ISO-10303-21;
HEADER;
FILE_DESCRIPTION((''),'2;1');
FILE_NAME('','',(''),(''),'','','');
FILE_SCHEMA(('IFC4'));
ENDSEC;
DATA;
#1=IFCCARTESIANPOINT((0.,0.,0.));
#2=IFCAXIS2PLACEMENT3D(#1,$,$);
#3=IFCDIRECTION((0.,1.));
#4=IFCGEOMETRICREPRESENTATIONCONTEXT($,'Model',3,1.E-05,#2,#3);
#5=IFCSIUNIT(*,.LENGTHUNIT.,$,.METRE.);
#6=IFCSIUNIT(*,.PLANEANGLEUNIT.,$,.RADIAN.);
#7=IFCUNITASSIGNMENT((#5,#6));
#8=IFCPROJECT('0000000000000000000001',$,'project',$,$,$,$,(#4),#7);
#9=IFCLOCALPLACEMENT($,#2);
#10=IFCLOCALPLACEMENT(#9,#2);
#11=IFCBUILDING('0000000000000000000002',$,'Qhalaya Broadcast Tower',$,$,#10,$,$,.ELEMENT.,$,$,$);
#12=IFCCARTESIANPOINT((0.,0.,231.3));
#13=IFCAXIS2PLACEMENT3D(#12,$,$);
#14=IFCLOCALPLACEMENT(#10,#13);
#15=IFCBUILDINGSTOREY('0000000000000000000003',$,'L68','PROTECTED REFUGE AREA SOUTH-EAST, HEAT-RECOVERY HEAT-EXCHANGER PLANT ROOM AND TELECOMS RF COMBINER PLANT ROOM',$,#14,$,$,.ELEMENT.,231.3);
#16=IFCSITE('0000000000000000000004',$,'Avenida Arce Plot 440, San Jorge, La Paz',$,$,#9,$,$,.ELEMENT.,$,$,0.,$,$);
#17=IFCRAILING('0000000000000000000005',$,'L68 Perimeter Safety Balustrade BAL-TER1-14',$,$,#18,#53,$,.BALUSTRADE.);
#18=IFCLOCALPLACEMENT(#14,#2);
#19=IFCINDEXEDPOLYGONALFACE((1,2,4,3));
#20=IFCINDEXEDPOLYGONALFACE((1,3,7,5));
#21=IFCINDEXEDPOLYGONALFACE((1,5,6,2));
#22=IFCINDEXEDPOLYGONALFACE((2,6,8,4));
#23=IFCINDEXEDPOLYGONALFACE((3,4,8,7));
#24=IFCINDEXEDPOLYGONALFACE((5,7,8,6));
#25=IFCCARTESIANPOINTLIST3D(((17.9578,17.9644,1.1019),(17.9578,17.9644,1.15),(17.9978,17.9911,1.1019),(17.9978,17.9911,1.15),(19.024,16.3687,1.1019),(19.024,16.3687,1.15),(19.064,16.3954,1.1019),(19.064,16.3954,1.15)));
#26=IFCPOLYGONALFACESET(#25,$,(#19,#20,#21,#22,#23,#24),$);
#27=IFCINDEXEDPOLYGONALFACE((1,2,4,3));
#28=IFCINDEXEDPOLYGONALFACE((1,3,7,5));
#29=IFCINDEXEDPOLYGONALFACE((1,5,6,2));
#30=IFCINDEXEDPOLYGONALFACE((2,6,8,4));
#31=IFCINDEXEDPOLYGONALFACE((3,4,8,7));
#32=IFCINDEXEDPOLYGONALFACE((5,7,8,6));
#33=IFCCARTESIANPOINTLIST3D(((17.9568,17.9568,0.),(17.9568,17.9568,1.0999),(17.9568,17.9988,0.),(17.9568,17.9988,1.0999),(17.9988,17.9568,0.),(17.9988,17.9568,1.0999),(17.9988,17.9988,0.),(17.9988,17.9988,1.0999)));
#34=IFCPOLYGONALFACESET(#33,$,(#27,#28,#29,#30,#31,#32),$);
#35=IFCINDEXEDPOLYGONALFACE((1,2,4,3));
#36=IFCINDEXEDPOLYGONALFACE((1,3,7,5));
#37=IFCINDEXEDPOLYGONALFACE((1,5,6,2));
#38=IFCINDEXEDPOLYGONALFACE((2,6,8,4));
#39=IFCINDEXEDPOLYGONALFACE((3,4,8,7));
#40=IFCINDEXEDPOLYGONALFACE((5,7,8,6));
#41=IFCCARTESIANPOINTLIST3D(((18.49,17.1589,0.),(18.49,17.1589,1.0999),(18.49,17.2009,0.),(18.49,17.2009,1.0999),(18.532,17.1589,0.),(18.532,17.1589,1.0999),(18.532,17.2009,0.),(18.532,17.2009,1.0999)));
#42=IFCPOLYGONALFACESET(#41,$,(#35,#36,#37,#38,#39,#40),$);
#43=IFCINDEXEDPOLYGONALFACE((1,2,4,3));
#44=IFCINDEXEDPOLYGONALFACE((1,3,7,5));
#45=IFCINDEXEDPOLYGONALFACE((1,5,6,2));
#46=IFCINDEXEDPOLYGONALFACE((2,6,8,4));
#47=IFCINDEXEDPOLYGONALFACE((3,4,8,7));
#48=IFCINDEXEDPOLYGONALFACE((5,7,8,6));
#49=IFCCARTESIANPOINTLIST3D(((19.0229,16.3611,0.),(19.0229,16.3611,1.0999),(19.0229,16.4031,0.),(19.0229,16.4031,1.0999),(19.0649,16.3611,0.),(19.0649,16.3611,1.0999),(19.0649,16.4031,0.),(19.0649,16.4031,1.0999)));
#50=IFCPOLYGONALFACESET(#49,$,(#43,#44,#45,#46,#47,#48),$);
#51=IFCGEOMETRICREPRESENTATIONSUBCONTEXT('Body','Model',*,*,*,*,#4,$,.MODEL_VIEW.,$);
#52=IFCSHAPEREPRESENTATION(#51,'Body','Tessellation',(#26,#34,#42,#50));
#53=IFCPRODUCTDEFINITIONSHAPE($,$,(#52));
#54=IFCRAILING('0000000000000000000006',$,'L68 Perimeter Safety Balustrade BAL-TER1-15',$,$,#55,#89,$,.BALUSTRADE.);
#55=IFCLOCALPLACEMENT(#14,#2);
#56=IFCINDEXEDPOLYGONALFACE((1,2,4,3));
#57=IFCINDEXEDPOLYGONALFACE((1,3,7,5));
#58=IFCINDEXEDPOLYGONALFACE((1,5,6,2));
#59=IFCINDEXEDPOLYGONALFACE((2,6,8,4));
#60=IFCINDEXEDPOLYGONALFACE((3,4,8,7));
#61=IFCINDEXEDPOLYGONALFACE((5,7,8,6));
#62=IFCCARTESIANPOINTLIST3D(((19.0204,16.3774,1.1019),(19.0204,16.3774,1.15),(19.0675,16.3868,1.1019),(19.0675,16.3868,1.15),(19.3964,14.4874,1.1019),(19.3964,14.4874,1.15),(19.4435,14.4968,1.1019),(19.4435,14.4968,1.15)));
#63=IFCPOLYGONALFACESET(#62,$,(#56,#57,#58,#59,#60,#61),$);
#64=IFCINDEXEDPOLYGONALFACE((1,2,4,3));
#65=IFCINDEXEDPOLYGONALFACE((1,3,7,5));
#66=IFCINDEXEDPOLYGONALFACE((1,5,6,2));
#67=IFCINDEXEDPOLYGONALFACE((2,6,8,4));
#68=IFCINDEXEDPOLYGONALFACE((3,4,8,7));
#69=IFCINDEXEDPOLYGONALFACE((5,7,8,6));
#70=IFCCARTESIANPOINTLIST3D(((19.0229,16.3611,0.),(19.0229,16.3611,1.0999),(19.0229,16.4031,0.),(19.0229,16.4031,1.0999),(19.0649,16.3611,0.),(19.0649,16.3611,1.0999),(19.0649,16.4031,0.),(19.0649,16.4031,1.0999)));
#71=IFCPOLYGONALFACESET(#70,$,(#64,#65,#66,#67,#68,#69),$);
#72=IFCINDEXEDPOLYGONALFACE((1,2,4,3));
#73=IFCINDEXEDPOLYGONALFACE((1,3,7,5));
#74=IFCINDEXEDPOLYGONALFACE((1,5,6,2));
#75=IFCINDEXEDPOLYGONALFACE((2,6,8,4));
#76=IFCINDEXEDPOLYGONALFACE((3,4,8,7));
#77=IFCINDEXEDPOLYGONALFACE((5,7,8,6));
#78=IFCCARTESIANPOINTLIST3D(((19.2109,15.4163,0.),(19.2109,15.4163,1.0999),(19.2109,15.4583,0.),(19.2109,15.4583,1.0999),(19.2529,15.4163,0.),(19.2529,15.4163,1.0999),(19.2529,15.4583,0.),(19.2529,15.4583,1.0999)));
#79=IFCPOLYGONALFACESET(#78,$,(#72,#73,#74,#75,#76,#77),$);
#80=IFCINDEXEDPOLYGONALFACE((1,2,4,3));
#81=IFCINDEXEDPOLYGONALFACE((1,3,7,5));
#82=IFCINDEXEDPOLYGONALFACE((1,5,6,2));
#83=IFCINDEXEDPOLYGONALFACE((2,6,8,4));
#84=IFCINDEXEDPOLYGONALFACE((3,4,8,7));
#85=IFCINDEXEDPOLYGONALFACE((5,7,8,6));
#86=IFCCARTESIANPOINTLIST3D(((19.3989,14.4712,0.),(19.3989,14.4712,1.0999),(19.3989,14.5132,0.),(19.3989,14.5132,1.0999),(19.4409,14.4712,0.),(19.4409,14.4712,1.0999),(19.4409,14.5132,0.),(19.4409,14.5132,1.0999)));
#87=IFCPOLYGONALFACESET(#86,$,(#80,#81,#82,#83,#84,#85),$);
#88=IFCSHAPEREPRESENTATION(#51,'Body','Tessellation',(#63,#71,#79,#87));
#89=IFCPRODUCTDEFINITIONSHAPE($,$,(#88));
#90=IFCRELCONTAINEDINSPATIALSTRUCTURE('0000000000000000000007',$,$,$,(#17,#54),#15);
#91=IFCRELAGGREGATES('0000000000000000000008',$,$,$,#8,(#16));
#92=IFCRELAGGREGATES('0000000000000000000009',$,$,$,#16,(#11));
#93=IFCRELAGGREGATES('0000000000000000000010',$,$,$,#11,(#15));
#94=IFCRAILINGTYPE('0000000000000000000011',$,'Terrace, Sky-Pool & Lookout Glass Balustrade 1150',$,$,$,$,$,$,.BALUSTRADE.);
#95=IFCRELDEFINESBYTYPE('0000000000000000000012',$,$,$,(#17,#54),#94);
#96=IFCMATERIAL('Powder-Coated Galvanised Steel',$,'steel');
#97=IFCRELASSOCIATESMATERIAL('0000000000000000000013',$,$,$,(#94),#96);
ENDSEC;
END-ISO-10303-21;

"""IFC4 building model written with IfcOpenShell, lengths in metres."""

from ifc_helpers import new_model, si_unit, direction, frame, origin, origin_2d, place, context, subcontext, project, spatial, rectangle, extrude, material, type_object, element, save


model = new_model("IFC4")

# Units and contexts
model_context = context("Model", 3, precision=1e-05, world=origin(), true_north=direction((0.0, 1.0)))
body_context = subcontext(model_context, "Body", "Model", "MODEL_VIEW")
ifc_project = project(units=[si_unit("LENGTHUNIT", "METRE"), si_unit("PLANEANGLEUNIT", "RADIAN")], contexts=[model_context])

# Site, building, storey
site_placement = place(None, origin())
site = spatial("IfcSite", under=ifc_project, at=site_placement, Name="Avenida Arce Plot 440, San Jorge, La Paz", CompositionType="ELEMENT", RefElevation=0.0)
building_placement = place(site_placement, origin())
building = spatial("IfcBuilding", under=site, at=building_placement, Name="Qhalaya Broadcast Tower", CompositionType="ELEMENT")
storey_placement = place(building_placement, frame((0.0, 0.0, 231.3)))
storey = spatial("IfcBuildingStorey", under=building, at=storey_placement, Name="L68", Description="PROTECTED REFUGE AREA SOUTH-EAST, HEAT-RECOVERY HEAT-EXCHANGER PLANT ROOM AND TELECOMS RF COMBINER PLANT ROOM", CompositionType="ELEMENT", Elevation=231.3)

# Railings
ifc_material_1 = material(Name="Powder-Coated Galvanised Steel", Category="steel")
railing_type = type_object("IfcRailingType", Name="Terrace, Sky-Pool & Lookout Glass Balustrade 1150", PredefinedType="BALUSTRADE", material=ifc_material_1)
railing_1_placement = place(storey_placement, frame((17.9778, 17.9778, 0.0)))
element("IfcRailing", 1, at=railing_1_placement, inside=storey, type_object=railing_type, Name="L68 Perimeter Safety Balustrade BAL-TER1-14", PredefinedType="BALUSTRADE", context=body_context, shape_type="SweptSolid", body=[
    extrude(rectangle(XDim=0.0481, YDim=0.0481, at=origin_2d()), frame((0.0, 0.0, 1.126), z_axis=(0.555551, -0.831482, 0.0), x_axis=(0.831482, 0.555551, 0.0)), (0.0, 0.0, 1.0), 1.9192),
    extrude(rectangle(XDim=0.042, YDim=0.042, at=origin_2d()), origin(), (0.0, 0.0, 1.0), 1.0999),
    extrude(rectangle(XDim=0.042, YDim=0.042, at=origin_2d()), frame((0.5332, -0.7979, 0.0)), (0.0, 0.0, 1.0), 1.0999),
    extrude(rectangle(XDim=0.042, YDim=0.042, at=origin_2d()), frame((1.0662, -1.5957, 0.0)), (0.0, 0.0, 1.0), 1.0999),
])
railing_2_placement = place(storey_placement, frame((19.0439, 16.3821, 0.0)))
element("IfcRailing", 2, at=railing_2_placement, inside=storey, type_object=railing_type, Name="L68 Perimeter Safety Balustrade BAL-TER1-15", PredefinedType="BALUSTRADE", context=body_context, shape_type="SweptSolid", body=[
    extrude(rectangle(XDim=0.0481, YDim=0.0481, at=origin_2d()), frame((0.0, 0.0, 1.126), z_axis=(0.195117, -0.98078, 0.0), x_axis=(0.98078, 0.195117, 0.0)), (0.0, 0.0, 1.0), 1.927),
    extrude(rectangle(XDim=0.042, YDim=0.042, at=origin_2d()), origin(), (0.0, 0.0, 1.0), 1.0999),
    extrude(rectangle(XDim=0.042, YDim=0.042, at=origin_2d()), frame((0.188, -0.9448, 0.0)), (0.0, 0.0, 1.0), 1.0999),
    extrude(rectangle(XDim=0.042, YDim=0.042, at=origin_2d()), frame((0.376, -1.8899, 0.0)), (0.0, 0.0, 1.0), 1.0999),
])

save(model, "model.ifc")
